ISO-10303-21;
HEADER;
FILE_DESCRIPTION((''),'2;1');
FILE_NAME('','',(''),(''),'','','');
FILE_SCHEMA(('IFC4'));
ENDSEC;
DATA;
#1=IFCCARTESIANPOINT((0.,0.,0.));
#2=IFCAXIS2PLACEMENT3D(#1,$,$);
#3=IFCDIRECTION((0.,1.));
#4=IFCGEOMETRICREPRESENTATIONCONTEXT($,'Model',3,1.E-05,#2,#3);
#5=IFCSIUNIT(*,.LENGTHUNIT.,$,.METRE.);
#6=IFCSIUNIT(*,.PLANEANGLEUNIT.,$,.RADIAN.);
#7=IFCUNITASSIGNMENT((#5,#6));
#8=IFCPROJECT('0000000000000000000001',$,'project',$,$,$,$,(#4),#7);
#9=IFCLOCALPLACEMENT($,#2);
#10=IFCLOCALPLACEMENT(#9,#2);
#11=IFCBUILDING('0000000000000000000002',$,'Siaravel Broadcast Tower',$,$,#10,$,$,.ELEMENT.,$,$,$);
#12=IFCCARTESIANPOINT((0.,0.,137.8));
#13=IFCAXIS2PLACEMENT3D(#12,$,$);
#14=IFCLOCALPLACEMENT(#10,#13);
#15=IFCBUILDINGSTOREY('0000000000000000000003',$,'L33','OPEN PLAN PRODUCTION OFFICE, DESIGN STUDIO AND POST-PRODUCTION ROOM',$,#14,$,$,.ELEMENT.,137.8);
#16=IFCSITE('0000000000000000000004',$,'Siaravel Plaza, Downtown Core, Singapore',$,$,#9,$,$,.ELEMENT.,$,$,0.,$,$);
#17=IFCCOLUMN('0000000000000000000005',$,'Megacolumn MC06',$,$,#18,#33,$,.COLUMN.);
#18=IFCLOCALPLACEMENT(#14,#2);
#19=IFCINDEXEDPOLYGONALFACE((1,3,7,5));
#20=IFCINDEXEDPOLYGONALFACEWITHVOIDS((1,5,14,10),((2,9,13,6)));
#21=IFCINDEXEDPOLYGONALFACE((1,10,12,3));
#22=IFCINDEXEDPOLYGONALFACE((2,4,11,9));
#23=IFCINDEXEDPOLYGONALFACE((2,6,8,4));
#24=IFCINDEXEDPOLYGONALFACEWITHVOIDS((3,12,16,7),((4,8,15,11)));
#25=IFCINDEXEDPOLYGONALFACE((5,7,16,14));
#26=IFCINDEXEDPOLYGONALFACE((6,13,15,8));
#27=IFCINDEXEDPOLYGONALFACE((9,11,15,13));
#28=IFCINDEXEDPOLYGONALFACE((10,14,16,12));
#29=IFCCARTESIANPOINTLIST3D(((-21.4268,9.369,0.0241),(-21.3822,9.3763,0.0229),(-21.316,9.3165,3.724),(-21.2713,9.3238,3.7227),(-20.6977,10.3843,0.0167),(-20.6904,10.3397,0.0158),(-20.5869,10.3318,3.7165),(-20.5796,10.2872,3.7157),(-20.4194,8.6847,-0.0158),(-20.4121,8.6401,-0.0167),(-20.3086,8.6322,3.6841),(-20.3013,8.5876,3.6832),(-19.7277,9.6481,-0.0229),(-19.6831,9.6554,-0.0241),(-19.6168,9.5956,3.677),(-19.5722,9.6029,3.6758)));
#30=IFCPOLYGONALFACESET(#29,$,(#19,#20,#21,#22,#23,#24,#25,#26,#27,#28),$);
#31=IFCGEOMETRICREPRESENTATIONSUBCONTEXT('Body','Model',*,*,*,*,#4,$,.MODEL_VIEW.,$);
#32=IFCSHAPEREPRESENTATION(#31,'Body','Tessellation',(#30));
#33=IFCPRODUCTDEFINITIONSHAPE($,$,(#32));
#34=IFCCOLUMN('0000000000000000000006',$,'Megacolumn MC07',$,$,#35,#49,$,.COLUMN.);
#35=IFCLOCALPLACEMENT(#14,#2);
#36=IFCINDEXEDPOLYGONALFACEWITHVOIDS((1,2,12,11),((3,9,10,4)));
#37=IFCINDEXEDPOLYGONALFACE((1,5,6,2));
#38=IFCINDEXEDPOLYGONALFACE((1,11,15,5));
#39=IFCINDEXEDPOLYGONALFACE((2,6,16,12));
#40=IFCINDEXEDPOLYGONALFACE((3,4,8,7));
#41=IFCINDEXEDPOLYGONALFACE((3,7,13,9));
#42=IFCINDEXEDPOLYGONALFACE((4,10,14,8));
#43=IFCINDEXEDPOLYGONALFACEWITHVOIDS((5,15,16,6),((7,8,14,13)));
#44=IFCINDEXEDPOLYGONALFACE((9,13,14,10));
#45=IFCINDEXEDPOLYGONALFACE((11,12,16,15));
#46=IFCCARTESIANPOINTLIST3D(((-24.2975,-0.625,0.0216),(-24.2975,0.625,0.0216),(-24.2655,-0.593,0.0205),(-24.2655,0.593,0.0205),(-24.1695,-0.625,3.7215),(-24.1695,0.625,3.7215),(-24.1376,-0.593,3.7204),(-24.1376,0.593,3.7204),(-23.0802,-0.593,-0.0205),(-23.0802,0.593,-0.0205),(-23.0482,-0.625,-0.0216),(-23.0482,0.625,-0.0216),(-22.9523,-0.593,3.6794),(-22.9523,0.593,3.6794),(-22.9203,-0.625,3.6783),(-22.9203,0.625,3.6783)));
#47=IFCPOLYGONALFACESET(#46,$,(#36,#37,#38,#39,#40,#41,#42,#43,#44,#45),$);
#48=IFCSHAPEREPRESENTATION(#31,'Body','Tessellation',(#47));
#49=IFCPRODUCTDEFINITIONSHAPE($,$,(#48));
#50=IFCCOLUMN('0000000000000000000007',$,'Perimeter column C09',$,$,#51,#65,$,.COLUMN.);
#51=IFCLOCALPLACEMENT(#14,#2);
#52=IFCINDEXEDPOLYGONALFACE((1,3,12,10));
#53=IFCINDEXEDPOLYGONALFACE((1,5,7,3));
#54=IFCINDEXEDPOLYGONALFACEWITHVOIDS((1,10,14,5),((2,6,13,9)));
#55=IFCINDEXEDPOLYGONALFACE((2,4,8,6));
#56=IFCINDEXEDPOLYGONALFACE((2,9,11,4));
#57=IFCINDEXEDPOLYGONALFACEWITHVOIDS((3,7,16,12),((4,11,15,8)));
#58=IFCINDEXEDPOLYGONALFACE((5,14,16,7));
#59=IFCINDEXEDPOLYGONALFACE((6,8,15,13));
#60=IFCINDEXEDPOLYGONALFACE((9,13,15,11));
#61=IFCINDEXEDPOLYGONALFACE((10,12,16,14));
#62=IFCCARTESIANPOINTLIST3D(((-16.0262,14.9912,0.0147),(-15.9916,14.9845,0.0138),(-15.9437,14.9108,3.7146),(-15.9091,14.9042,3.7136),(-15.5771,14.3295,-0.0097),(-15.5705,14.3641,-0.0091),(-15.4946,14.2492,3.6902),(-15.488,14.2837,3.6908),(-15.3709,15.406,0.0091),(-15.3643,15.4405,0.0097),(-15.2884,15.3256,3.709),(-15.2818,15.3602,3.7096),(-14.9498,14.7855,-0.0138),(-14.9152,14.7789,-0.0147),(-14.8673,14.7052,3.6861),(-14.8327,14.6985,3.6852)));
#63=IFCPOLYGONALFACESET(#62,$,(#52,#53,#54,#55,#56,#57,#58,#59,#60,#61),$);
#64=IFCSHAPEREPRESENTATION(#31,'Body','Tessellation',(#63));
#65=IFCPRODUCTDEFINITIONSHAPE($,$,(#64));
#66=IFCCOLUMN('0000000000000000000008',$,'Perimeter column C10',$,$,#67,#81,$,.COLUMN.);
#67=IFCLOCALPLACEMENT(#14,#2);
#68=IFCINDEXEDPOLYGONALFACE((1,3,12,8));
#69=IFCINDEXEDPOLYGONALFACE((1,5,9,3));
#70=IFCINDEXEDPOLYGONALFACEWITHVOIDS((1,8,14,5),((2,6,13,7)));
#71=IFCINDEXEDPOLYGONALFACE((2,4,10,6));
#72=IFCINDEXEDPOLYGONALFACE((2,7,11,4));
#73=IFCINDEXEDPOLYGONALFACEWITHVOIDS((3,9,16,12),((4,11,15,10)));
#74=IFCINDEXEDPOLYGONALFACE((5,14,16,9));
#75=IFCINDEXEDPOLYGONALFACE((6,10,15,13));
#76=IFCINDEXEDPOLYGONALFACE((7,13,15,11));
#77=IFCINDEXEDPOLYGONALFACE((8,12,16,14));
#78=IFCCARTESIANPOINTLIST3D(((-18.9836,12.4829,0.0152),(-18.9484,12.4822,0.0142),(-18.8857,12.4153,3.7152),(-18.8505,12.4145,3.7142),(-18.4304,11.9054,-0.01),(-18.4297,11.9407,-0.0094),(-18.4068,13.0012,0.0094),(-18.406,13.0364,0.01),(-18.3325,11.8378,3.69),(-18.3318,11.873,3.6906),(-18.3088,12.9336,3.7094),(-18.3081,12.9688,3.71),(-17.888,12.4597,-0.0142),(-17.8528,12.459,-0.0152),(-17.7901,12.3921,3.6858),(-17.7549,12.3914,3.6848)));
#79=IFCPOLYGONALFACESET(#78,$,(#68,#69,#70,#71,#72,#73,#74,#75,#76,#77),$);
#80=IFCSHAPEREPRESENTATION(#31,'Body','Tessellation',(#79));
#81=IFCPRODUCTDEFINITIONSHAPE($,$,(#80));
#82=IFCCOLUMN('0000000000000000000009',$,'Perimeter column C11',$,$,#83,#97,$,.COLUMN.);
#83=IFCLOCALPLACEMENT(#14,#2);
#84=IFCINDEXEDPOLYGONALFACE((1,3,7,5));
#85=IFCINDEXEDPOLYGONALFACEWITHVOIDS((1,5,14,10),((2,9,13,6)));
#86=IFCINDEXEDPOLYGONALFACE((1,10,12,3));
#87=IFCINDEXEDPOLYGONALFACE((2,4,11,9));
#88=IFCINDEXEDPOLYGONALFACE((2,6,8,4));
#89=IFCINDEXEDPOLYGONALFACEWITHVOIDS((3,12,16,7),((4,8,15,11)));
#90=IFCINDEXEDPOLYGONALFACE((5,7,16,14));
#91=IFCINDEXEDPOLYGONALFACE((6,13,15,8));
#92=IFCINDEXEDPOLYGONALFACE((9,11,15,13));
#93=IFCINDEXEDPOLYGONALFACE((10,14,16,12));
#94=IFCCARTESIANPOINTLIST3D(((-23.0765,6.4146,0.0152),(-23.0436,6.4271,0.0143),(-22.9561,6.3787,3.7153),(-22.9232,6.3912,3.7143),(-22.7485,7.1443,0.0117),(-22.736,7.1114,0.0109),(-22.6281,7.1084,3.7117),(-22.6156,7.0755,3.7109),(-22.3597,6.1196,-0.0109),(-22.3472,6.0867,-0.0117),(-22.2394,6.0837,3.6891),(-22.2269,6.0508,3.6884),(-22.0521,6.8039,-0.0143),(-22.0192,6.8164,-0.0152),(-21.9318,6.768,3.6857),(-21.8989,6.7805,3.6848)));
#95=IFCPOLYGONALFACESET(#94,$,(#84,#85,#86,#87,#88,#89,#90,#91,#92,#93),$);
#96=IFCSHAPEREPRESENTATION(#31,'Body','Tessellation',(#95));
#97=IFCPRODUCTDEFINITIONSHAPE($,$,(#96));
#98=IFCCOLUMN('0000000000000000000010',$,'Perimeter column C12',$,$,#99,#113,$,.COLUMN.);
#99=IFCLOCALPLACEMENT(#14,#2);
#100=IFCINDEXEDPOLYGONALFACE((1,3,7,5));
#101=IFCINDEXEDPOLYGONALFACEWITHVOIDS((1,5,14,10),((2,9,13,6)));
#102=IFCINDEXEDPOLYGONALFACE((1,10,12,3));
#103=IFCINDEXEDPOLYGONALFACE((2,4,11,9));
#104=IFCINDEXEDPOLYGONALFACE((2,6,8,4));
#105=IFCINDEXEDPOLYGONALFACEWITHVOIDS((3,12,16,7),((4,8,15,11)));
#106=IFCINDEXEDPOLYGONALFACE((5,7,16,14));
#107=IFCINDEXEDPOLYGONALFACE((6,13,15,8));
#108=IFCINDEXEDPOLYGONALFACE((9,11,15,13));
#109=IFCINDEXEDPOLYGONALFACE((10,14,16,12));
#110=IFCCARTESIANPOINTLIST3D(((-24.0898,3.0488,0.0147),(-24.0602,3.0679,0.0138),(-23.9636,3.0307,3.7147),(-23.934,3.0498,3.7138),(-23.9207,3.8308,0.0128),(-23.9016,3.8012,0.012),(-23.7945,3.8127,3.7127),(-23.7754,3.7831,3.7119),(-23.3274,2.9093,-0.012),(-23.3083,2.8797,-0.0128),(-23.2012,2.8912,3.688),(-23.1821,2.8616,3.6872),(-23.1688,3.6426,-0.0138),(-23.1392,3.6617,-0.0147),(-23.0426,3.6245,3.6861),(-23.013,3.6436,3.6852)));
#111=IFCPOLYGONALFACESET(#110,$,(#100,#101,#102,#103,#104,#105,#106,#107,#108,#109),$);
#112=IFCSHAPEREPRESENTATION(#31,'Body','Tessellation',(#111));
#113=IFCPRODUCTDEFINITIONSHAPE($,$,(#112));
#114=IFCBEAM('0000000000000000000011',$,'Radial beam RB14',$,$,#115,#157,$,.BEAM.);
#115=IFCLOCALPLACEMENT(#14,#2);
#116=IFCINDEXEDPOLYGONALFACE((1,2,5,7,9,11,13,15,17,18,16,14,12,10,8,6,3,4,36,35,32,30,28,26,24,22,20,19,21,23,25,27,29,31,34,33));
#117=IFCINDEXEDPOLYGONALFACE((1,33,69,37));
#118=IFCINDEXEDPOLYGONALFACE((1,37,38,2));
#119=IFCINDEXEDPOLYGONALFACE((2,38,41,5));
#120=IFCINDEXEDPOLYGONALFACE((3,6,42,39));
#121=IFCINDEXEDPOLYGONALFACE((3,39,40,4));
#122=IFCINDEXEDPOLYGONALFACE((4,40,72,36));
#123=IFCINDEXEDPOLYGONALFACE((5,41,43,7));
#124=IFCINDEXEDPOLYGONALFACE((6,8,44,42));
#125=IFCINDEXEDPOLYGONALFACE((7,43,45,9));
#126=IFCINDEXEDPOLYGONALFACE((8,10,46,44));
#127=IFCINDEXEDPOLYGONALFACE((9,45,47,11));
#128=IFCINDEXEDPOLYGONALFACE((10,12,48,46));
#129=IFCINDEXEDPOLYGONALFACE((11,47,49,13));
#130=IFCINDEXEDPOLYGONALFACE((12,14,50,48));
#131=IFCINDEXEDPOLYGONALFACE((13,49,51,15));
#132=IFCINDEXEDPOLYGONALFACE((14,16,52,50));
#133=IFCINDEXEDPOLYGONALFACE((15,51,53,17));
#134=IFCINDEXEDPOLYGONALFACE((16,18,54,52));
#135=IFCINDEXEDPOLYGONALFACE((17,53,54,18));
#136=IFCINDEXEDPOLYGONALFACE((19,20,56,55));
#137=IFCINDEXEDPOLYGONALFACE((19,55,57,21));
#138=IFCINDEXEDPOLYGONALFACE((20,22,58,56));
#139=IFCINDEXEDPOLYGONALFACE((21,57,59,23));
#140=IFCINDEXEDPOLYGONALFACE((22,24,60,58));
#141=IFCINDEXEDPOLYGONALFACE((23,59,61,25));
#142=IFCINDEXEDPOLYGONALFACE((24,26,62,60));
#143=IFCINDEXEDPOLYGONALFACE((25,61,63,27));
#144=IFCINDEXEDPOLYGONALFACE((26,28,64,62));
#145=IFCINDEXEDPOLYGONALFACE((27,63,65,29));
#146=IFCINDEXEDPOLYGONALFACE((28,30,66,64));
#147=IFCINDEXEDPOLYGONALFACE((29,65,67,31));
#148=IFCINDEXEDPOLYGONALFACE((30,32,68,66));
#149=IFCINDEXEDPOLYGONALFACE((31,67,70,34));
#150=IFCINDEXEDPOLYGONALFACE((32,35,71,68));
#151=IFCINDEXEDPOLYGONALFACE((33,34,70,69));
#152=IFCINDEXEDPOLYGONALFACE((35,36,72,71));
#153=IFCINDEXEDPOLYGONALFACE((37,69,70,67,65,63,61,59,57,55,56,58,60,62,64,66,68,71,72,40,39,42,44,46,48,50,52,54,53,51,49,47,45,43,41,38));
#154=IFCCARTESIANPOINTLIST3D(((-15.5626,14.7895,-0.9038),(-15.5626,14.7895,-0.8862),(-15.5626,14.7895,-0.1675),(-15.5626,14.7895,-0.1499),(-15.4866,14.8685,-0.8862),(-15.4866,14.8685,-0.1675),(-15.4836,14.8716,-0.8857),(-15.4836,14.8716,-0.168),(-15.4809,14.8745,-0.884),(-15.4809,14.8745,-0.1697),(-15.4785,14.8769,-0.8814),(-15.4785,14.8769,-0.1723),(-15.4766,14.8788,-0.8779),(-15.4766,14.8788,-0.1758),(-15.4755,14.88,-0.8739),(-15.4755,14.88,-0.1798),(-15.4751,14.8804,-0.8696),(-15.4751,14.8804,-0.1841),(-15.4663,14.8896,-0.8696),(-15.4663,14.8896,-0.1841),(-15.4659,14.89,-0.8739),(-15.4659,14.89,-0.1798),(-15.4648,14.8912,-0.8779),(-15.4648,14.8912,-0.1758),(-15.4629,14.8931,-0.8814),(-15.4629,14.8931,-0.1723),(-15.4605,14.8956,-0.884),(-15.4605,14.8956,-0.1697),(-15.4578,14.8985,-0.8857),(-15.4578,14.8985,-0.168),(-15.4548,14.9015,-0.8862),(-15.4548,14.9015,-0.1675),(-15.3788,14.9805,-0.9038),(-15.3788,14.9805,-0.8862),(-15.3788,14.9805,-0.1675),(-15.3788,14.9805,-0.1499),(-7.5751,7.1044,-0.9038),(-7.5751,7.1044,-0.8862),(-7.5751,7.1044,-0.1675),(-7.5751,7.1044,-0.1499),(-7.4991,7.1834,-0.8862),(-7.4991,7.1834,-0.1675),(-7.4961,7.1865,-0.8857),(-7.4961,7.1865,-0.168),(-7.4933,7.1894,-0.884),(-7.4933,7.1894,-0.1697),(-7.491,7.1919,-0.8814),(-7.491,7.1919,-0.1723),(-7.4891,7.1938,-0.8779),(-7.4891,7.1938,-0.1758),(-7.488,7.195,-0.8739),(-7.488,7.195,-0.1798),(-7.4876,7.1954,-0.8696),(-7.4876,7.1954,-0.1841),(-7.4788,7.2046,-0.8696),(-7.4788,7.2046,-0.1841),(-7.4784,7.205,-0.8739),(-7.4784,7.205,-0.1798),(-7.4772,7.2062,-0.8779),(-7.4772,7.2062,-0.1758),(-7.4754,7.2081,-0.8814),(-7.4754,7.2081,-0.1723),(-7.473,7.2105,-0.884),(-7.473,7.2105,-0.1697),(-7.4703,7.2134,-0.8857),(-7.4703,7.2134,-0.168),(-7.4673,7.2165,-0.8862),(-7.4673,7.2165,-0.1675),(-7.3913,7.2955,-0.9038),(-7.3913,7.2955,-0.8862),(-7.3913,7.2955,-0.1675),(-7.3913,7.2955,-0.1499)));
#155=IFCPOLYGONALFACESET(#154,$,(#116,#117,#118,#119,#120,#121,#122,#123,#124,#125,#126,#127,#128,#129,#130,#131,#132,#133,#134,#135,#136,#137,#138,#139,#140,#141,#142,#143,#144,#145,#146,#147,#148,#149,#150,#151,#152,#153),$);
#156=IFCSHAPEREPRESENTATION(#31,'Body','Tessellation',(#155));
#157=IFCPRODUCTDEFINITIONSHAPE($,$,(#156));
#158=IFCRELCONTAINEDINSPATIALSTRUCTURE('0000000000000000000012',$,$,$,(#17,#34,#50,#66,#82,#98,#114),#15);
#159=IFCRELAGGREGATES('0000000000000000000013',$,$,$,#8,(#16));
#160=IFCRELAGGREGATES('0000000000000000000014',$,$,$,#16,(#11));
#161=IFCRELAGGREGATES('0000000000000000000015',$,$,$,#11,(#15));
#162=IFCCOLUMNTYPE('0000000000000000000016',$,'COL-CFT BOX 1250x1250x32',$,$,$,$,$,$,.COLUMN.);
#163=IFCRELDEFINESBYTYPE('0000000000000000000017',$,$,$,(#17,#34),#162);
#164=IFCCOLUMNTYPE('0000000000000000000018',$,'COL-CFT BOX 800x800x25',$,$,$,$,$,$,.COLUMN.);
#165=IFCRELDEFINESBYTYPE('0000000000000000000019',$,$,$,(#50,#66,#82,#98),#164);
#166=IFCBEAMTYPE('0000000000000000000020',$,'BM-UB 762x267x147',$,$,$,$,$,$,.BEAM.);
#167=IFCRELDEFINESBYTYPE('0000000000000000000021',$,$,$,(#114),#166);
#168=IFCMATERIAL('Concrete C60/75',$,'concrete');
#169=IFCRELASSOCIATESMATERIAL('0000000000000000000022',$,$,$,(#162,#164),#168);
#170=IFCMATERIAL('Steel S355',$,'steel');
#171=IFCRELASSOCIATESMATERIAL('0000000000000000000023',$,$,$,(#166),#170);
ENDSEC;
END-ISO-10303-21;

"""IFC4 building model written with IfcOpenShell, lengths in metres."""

from ifc_helpers import new_model, si_unit, direction, frame, origin, origin_2d, place, context, subcontext, project, spatial, hollow_rectangle, i_section, extrude, material, material_profile, profile_set, type_object, element, save


model = new_model("IFC4")

# Units and contexts
model_context = context("Model", 3, precision=1e-05, world=origin(), true_north=direction((0.0, 1.0)))
body_context = subcontext(model_context, "Body", "Model", "MODEL_VIEW")
ifc_project = project(units=[si_unit("LENGTHUNIT", "METRE"), si_unit("PLANEANGLEUNIT", "RADIAN")], contexts=[model_context])

# Site, building, storey
site_placement = place(None, origin())
site = spatial("IfcSite", under=ifc_project, at=site_placement, Name="Siaravel Plaza, Downtown Core, Singapore", CompositionType="ELEMENT", RefElevation=0.0)
building_placement = place(site_placement, origin())
building = spatial("IfcBuilding", under=site, at=building_placement, Name="Siaravel Broadcast Tower", CompositionType="ELEMENT")
storey_placement = place(building_placement, frame((0.0, 0.0, 137.8)))
storey = spatial("IfcBuildingStorey", under=building, at=storey_placement, Name="L33", Description="OPEN PLAN PRODUCTION OFFICE, DESIGN STUDIO AND POST-PRODUCTION ROOM", CompositionType="ELEMENT", Elevation=137.8)

# Columns
ifc_material_1 = material(Name="Concrete C60/75", Category="concrete")
ifc_material_profile_1 = material_profile(ifc_material_1, hollow_rectangle(XDim=1.25, YDim=1.25, WallThickness=0.032, at=origin_2d()))
ifc_profile_set_1 = profile_set([ifc_material_profile_1], Name="Concrete C60/75")
column_type_1 = type_object("IfcColumnType", Name="COL-CFT BOX 1250x1250x32", PredefinedType="COLUMN", material=ifc_profile_set_1)
column_1_placement = place(storey_placement, frame((-20.5549, 9.5122, 0.0), z_axis=(0.029941, -0.014179, 0.999451), x_axis=(0.58325, 0.812271, -0.005949)))
element("IfcColumn", 1, at=column_1_placement, inside=storey, type_object=column_type_1, Name="Megacolumn MC06", PredefinedType="COLUMN", context=body_context, shape_type="SweptSolid", body=[
    extrude(hollow_rectangle(XDim=1.25, YDim=1.25, WallThickness=0.032, at=origin_2d()), origin(), (0.0, 0.0, 1.0), 3.7019),
])
column_2_placement = place(storey_placement, frame((-23.6729, 0.0, 0.0), z_axis=(0.034555, 0.0, 0.999403), x_axis=(0.0, 1.0, 0.0)))
element("IfcColumn", 2, at=column_2_placement, inside=storey, type_object=column_type_1, Name="Megacolumn MC07", PredefinedType="COLUMN", context=body_context, shape_type="SweptSolid", body=[
    extrude(hollow_rectangle(XDim=1.25, YDim=1.25, WallThickness=0.032, at=origin_2d()), origin(), (0.0, 0.0, 1.0), 3.7021),
])
ifc_material_profile_2 = material_profile(ifc_material_1, hollow_rectangle(XDim=0.8, YDim=0.8, WallThickness=0.0249, at=origin_2d()))
ifc_profile_set_2 = profile_set([ifc_material_profile_2], Name="Concrete C60/75")
column_type_2 = type_object("IfcColumnType", Name="COL-CFT BOX 800x800x25", PredefinedType="COLUMN", material=ifc_profile_set_2)
column_3_placement = place(storey_placement, frame((-15.4707, 14.885, 0.0), z_axis=(0.022292, -0.021698, 0.999516), x_axis=(0.827314, 0.561705, -0.006257)))
element("IfcColumn", 3, at=column_3_placement, inside=storey, type_object=column_type_2, Name="Perimeter column C09", PredefinedType="COLUMN", context=body_context, shape_type="SweptSolid", body=[
    extrude(hollow_rectangle(XDim=0.8, YDim=0.8, WallThickness=0.0249, at=origin_2d()), origin(), (0.0, 0.0, 1.0), 3.7017),
])
column_4_placement = place(storey_placement, frame((-18.4182, 12.4709, 0.0), z_axis=(0.026446, -0.018268, 0.999483), x_axis=(0.721973, 0.691891, -0.006457)))
element("IfcColumn", 4, at=column_4_placement, inside=storey, type_object=column_type_2, Name="Perimeter column C10", PredefinedType="COLUMN", context=body_context, shape_type="SweptSolid", body=[
    extrude(hollow_rectangle(XDim=0.8, YDim=0.8, WallThickness=0.0249, at=origin_2d()), origin(), (0.0, 0.0, 1.0), 3.7019),
])
for number, where, z_axis, x_axis, name in (
    (5, (-22.5479, 6.6155, 0.0), (0.032512, -0.009694, 0.999424), (0.409997, 0.912076, -0.00449), "Perimeter column C11"),
    (6, (-23.6145, 3.3552, 0.0), (0.034094, -0.00488, 0.999407), (0.211413, 0.977394, -0.00244), "Perimeter column C12"),
):
    element("IfcColumn", number, at=place(storey_placement, frame(where, z_axis=z_axis, x_axis=x_axis)), inside=storey, type_object=column_type_2, Name=name, PredefinedType="COLUMN", context=body_context, shape_type="SweptSolid", body=[
        extrude(hollow_rectangle(XDim=0.8, YDim=0.8, WallThickness=0.0249, at=origin_2d()), origin(), (0.0, 0.0, 1.0), 3.7021),
    ])

# Beam
ifc_material_2 = material(Name="Steel S355", Category="steel")
ifc_material_profile_3 = material_profile(ifc_material_2, i_section(OverallWidth=0.2651, OverallDepth=0.7539, WebThickness=0.0127, FlangeThickness=0.0176, FilletRadius=0.0166, at=origin_2d()))
ifc_profile_set_3 = profile_set([ifc_material_profile_3], Name="Steel S355")
beam_type = type_object("IfcBeamType", Name="BM-UB 762x267x147", PredefinedType="BEAM", material=ifc_profile_set_3)
beam_1_placement = place(storey_placement, frame((-15.4707, 14.885, -0.5269), z_axis=(0.72062, -0.69333, 0.0), x_axis=(0.69333, 0.72062, 0.0)))
element("IfcBeam", 7, at=beam_1_placement, inside=storey, type_object=beam_type, Name="Radial beam RB14", PredefinedType="BEAM", context=body_context, shape_type="SweptSolid", body=[
    extrude(i_section(OverallWidth=0.2651, OverallDepth=0.7539, WebThickness=0.0127, FlangeThickness=0.0176, FilletRadius=0.0166, at=origin_2d()), origin(), (0.0, 0.0, 1.0), 11.0842),
])

save(model, "model.ifc")
